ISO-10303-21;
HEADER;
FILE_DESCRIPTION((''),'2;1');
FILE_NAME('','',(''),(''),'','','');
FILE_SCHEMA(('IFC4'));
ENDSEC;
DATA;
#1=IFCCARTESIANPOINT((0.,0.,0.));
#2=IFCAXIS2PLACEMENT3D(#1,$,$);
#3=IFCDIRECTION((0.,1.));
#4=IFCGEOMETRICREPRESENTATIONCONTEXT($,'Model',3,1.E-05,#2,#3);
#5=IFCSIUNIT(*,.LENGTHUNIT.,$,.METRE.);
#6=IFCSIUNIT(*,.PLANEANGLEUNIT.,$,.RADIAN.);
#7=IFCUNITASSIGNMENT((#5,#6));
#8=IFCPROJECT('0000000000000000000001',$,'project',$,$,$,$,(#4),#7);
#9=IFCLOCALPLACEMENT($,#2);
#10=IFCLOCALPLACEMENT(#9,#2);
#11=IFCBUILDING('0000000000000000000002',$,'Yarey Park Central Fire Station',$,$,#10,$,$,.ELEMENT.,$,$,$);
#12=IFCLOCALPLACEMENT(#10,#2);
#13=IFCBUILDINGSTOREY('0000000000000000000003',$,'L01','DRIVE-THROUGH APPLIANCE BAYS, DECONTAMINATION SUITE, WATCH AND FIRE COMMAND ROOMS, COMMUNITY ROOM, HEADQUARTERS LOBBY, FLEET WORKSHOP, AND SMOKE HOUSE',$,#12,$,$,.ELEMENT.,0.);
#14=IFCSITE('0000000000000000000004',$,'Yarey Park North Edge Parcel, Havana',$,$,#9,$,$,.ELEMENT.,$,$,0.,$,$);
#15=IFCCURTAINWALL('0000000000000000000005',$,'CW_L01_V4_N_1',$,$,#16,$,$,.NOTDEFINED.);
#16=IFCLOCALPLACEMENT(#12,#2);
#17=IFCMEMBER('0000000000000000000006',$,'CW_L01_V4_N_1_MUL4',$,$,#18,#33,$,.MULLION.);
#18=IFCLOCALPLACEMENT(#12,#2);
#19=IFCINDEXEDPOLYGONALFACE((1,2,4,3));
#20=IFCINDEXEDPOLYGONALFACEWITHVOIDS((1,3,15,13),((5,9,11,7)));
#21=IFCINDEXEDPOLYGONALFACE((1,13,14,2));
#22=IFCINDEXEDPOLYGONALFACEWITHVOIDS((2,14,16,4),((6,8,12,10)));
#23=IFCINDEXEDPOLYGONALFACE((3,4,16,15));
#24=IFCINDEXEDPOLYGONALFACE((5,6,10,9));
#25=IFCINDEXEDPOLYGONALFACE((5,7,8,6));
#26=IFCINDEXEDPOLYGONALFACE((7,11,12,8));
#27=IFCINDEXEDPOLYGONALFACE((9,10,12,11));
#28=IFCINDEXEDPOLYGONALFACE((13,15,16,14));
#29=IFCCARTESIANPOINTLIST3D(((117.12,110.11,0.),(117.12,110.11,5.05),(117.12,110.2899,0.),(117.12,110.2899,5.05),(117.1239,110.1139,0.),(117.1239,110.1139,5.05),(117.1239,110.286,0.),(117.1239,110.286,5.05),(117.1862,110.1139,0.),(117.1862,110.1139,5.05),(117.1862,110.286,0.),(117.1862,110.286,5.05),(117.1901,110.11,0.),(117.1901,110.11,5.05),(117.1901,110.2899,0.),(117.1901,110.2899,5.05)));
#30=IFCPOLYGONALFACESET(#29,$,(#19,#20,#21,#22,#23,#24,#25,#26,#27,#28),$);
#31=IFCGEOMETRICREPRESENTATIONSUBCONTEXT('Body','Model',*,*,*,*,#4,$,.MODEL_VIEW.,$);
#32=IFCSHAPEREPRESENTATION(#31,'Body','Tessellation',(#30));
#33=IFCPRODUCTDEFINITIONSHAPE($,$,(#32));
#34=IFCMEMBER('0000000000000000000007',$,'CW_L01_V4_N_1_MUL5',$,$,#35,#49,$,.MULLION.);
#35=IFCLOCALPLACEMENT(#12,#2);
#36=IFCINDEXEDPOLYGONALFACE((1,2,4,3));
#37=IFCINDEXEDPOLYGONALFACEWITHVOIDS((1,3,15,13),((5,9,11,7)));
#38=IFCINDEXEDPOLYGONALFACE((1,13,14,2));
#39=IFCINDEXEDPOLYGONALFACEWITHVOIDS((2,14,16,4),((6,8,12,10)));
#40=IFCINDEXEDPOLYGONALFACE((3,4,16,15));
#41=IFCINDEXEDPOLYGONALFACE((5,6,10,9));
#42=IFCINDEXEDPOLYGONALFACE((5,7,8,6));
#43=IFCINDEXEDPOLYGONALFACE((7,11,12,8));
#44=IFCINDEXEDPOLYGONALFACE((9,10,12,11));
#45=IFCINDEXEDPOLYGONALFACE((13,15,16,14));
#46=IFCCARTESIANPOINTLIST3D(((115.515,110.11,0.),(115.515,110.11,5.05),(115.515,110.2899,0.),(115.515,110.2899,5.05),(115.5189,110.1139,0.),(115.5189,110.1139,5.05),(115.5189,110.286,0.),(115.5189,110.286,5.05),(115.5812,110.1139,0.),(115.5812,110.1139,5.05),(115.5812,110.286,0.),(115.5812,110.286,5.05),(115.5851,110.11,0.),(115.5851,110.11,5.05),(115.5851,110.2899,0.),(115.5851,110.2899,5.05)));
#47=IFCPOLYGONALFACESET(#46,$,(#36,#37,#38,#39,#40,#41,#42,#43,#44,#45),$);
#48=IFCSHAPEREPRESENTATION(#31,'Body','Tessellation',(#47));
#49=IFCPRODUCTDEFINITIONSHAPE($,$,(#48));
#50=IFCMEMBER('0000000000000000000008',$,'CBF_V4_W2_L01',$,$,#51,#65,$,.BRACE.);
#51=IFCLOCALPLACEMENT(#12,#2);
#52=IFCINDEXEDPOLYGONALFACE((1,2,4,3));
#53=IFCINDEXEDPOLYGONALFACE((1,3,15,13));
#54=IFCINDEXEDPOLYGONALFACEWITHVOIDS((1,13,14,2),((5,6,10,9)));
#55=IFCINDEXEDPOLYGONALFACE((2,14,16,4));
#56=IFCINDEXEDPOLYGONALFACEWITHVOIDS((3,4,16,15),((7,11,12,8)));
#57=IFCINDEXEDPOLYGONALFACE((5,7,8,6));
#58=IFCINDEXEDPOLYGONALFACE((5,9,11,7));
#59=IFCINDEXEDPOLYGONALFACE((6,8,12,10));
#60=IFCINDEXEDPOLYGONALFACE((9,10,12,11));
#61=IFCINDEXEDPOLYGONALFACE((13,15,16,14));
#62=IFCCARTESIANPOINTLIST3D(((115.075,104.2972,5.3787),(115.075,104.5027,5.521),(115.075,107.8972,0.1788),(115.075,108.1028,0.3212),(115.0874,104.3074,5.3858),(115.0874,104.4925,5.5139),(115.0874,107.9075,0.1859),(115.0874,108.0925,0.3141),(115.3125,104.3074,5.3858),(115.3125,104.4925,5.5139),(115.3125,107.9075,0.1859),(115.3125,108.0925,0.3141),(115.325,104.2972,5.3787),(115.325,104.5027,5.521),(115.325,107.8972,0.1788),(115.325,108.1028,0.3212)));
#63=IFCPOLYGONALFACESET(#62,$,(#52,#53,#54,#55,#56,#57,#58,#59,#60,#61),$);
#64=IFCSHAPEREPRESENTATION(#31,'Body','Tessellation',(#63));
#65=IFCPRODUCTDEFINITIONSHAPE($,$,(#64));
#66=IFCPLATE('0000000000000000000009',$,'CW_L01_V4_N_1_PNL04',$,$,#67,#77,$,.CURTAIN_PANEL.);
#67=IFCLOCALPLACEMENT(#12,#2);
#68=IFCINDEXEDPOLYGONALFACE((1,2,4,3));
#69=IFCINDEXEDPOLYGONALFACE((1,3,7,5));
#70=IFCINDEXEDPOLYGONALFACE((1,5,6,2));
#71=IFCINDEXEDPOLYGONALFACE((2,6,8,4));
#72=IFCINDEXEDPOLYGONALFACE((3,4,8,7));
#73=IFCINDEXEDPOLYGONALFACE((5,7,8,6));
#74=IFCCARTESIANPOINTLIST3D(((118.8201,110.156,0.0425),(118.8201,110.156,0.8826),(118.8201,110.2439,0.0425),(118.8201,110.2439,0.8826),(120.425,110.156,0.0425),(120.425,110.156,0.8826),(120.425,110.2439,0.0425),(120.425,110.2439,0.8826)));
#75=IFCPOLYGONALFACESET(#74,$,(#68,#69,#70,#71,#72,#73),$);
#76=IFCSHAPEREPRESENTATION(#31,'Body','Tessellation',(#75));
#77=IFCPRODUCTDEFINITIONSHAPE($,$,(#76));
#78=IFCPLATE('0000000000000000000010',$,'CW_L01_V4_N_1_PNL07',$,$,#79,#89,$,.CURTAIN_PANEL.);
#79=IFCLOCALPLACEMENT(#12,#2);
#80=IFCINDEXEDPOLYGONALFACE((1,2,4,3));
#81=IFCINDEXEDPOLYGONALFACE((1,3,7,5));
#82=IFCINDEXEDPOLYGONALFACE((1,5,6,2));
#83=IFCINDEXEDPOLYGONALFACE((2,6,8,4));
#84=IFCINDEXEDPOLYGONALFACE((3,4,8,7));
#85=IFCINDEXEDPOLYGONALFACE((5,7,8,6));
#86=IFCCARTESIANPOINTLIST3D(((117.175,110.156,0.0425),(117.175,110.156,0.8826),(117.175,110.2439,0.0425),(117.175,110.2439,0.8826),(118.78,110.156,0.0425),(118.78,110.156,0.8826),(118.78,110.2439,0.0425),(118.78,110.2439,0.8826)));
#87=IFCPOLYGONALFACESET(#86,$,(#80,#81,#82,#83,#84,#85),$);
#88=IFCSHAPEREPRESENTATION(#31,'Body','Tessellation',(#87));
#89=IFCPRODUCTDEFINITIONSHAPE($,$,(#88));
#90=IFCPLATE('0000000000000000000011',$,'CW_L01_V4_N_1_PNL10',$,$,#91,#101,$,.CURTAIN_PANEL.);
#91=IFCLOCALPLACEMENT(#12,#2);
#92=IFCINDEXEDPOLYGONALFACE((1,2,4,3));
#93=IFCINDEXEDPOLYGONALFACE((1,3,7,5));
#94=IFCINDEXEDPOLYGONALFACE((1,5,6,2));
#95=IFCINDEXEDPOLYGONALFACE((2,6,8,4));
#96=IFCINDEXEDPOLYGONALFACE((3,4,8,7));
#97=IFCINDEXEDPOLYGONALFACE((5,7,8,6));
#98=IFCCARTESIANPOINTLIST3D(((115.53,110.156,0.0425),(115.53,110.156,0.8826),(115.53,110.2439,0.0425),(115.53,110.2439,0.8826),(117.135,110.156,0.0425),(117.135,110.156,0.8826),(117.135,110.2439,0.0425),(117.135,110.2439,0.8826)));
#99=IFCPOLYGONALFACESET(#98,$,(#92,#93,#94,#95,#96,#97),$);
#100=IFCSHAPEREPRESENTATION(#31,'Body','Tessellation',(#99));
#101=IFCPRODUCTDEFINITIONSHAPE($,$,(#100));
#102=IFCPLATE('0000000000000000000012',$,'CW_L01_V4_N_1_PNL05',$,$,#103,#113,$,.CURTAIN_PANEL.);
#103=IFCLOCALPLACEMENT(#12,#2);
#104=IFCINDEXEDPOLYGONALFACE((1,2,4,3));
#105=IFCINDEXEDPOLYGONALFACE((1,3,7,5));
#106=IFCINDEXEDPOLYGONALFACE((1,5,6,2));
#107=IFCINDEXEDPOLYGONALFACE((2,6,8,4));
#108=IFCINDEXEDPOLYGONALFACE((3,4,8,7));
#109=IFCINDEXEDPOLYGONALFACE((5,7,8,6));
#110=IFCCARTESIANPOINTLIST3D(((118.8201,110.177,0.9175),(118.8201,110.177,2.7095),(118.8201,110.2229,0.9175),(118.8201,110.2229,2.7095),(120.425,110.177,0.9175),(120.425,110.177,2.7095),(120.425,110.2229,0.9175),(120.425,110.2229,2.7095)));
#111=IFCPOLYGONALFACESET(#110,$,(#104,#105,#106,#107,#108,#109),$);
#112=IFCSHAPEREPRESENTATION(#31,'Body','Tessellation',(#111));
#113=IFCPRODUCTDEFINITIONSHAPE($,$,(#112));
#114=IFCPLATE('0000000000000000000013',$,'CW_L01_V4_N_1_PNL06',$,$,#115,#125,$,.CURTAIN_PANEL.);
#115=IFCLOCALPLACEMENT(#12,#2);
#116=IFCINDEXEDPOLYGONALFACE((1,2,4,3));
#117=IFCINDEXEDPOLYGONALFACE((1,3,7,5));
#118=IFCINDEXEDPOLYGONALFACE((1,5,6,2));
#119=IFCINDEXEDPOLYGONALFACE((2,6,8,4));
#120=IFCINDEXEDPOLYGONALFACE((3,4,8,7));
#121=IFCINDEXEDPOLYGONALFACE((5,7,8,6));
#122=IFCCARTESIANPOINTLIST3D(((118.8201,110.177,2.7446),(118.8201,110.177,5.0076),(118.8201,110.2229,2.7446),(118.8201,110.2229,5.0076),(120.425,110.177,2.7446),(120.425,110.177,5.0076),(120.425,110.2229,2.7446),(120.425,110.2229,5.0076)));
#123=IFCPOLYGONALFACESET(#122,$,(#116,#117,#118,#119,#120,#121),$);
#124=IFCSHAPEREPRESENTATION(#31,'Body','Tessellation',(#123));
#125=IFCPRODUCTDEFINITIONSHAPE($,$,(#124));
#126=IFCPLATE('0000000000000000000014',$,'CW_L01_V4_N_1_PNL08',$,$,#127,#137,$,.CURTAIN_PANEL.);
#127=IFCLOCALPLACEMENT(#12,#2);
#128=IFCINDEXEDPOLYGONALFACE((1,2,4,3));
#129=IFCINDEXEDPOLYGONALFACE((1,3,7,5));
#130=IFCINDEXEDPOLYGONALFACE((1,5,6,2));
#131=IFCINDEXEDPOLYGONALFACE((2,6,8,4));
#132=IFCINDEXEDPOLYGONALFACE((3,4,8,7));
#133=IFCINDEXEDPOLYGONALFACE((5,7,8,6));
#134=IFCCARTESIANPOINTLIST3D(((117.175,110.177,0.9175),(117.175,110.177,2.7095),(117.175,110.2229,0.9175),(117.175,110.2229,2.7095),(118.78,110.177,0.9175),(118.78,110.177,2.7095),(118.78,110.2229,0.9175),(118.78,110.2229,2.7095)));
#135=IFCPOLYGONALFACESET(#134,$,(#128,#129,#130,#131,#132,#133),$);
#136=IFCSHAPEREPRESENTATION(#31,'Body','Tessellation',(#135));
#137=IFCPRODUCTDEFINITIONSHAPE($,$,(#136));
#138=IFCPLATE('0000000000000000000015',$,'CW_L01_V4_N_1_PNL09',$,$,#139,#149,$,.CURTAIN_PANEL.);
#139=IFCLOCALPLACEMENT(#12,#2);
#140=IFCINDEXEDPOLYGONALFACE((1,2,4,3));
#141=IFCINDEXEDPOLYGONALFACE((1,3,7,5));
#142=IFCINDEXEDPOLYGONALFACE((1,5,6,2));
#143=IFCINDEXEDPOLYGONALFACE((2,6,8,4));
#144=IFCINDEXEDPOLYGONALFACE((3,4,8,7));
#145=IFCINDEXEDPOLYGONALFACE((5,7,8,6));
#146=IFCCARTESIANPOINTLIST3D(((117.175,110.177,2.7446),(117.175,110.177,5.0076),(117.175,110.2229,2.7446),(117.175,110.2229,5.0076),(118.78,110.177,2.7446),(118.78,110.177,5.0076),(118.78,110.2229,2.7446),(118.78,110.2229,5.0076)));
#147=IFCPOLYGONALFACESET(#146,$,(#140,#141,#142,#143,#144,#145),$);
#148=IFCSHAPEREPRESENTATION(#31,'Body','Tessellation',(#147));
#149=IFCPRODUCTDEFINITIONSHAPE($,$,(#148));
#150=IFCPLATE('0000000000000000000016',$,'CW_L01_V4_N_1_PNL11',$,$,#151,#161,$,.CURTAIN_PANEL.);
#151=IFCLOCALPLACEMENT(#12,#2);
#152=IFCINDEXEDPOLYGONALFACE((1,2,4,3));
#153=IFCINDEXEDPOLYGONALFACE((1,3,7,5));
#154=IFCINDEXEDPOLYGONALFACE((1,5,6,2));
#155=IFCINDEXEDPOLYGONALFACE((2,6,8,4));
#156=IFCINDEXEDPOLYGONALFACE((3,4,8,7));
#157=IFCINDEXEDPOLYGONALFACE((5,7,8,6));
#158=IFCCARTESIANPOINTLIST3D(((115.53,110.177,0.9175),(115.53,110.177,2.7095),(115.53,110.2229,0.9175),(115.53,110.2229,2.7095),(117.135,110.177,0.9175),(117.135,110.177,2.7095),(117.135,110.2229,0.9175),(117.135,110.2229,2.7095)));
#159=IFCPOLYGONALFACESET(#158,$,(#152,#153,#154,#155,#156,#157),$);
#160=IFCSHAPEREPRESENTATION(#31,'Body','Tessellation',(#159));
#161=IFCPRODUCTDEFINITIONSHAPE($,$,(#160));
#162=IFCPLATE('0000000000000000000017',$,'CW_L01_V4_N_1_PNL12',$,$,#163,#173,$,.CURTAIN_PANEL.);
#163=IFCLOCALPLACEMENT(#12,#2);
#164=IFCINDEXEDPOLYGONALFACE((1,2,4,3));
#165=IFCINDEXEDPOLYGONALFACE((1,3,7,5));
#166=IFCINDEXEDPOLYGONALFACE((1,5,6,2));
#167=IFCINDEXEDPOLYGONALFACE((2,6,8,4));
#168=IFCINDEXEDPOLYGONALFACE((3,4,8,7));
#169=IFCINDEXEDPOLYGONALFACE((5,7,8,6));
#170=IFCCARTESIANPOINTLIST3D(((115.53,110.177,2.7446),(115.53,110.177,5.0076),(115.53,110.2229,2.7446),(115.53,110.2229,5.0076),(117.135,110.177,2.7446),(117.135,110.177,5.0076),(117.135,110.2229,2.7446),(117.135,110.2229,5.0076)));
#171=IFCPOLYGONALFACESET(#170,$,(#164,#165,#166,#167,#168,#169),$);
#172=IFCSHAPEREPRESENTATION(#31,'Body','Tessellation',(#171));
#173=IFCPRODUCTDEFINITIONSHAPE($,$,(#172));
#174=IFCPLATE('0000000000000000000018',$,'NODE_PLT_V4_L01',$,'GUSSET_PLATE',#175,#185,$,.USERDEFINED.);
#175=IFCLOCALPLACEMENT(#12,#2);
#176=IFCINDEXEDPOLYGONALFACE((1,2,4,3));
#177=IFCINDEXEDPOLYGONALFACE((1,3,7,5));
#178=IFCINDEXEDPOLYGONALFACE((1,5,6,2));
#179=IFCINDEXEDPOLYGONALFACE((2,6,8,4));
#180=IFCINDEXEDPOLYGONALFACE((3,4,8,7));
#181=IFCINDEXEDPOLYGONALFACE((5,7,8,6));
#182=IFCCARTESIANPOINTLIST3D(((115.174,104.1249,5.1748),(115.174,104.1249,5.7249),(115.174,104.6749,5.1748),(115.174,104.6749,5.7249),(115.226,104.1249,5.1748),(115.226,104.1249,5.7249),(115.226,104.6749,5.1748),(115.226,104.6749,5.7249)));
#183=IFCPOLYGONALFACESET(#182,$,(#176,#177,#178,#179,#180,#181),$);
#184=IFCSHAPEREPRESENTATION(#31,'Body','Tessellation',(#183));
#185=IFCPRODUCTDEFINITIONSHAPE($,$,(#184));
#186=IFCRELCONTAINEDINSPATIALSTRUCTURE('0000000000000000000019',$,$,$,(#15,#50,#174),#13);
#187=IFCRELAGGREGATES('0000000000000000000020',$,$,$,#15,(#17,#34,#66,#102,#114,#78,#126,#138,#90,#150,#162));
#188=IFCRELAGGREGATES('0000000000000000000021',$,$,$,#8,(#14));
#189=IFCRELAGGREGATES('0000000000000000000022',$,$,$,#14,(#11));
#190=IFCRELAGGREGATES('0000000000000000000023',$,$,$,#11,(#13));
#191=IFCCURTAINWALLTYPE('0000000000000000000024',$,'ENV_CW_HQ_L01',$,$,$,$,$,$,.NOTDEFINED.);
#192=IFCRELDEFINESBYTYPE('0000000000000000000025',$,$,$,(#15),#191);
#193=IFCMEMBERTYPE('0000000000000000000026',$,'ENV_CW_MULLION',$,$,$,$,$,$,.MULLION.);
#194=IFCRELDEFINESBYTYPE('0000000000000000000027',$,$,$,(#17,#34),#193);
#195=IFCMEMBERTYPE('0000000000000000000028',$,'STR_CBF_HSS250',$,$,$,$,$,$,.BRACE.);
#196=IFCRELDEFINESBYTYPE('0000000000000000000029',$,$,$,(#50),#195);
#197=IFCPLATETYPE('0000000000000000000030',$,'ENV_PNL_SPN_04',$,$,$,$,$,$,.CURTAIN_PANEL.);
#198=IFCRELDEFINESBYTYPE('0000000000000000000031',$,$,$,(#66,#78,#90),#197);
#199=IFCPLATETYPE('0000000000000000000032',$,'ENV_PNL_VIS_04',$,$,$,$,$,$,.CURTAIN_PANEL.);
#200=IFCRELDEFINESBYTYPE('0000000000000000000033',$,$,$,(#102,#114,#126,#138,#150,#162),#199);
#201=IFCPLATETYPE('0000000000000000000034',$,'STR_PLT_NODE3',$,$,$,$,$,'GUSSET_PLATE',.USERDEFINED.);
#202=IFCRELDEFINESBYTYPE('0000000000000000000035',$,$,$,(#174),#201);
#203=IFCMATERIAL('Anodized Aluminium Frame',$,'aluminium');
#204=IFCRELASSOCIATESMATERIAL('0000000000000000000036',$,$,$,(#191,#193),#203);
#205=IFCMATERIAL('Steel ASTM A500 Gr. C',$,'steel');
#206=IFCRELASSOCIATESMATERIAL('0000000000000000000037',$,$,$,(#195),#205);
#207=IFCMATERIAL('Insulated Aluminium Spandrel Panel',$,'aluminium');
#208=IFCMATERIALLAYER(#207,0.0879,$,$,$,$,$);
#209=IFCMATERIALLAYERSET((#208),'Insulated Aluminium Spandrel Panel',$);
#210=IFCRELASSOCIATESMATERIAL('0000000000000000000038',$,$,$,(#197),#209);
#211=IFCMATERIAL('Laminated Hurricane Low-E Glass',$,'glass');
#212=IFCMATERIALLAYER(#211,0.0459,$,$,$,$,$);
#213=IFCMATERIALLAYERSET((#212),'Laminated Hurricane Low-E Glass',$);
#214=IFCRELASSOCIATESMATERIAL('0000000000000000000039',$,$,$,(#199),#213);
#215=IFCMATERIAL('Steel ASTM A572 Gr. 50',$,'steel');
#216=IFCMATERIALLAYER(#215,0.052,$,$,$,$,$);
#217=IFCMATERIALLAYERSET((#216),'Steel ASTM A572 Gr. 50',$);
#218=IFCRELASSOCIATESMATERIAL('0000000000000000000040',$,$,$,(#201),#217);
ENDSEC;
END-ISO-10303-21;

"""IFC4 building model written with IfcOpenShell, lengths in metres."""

from ifc_helpers import new_model, si_unit, direction, frame, origin, origin_2d, place, context, subcontext, project, spatial, rectangle, hollow_rectangle, extrude, material, layer, layer_set, material_profile, profile_set, type_object, element, aggregate, save


model = new_model("IFC4")

# Units and contexts
model_context = context("Model", 3, precision=1e-05, world=origin(), true_north=direction((0.0, 1.0)))
body_context = subcontext(model_context, "Body", "Model", "MODEL_VIEW")
ifc_project = project(units=[si_unit("LENGTHUNIT", "METRE"), si_unit("PLANEANGLEUNIT", "RADIAN")], contexts=[model_context])

# Site, building, storey
site_placement = place(None, origin())
site = spatial("IfcSite", under=ifc_project, at=site_placement, Name="Yarey Park North Edge Parcel, Havana", CompositionType="ELEMENT", RefElevation=0.0)
building_placement = place(site_placement, origin())
building = spatial("IfcBuilding", under=site, at=building_placement, Name="Yarey Park Central Fire Station", CompositionType="ELEMENT")
storey_placement = place(building_placement, origin())
storey = spatial("IfcBuildingStorey", under=building, at=storey_placement, Name="L01", Description="DRIVE-THROUGH APPLIANCE BAYS, DECONTAMINATION SUITE, WATCH AND FIRE COMMAND ROOMS, COMMUNITY ROOM, HEADQUARTERS LOBBY, FLEET WORKSHOP, AND SMOKE HOUSE", CompositionType="ELEMENT", Elevation=0.0)

# Curtain wall, members
ifc_material_1 = material(Name="Anodized Aluminium Frame", Category="aluminium")
curtain_wall_type = type_object("IfcCurtainWallType", Name="ENV_CW_HQ_L01", PredefinedType="NOTDEFINED", material=ifc_material_1)
curtain_wall_placement = place(storey_placement, origin())
curtain_wall = element("IfcCurtainWall", 1, at=curtain_wall_placement, inside=storey, type_object=curtain_wall_type, Name="CW_L01_V4_N_1", PredefinedType="NOTDEFINED")
ifc_material_profile_1 = material_profile(ifc_material_1, hollow_rectangle(XDim=0.0701, YDim=0.1799, WallThickness=0.0039, at=origin_2d()), Name="ALU 180x70x4")
ifc_profile_set_1 = profile_set([ifc_material_profile_1], Name="Anodized Aluminium Frame")
member_type_1 = type_object("IfcMemberType", Name="ENV_CW_MULLION", PredefinedType="MULLION", material=ifc_profile_set_1)
member_1_placement = place(storey_placement, frame((117.155, 110.2, 0.0), z_axis=(0.0, 0.0, 1.0), x_axis=(1.0, 0.0, 0.0)))
member_1 = element("IfcMember", 2, at=member_1_placement, type_object=member_type_1, Name="CW_L01_V4_N_1_MUL4", PredefinedType="MULLION", context=body_context, shape_type="SweptSolid", body=[
    extrude(hollow_rectangle(XDim=0.0701, YDim=0.1799, WallThickness=0.0039, at=origin_2d()), origin(), (0.0, 0.0, 1.0), 5.05),
])
member_2_placement = place(storey_placement, frame((115.55, 110.2, 0.0), z_axis=(0.0, 0.0, 1.0), x_axis=(1.0, 0.0, 0.0)))
member_2 = element("IfcMember", 3, at=member_2_placement, type_object=member_type_1, Name="CW_L01_V4_N_1_MUL5", PredefinedType="MULLION", context=body_context, shape_type="SweptSolid", body=[
    extrude(hollow_rectangle(XDim=0.0701, YDim=0.1799, WallThickness=0.0039, at=origin_2d()), origin(), (0.0, 0.0, 1.0), 5.05),
])

# Member
ifc_material_2 = material(Name="Steel ASTM A500 Gr. C", Category="steel")
ifc_material_profile_2 = material_profile(ifc_material_2, hollow_rectangle(XDim=0.25, YDim=0.25, WallThickness=0.0125, at=origin_2d()), Name="HSS 250x250x12.5")
ifc_profile_set_2 = profile_set([ifc_material_profile_2], Name="Steel ASTM A500 Gr. C")
member_type_2 = type_object("IfcMemberType", Name="STR_CBF_HSS250", PredefinedType="BRACE", material=ifc_profile_set_2)
member_3_placement = place(storey_placement, frame((115.2, 108.0, 0.25), z_axis=(0.0, -0.569224, 0.822182), x_axis=(1.0, 0.0, 0.0)))
element("IfcMember", 4, at=member_3_placement, inside=storey, type_object=member_type_2, Name="CBF_V4_W2_L01", PredefinedType="BRACE", context=body_context, shape_type="SweptSolid", body=[
    extrude(hollow_rectangle(XDim=0.25, YDim=0.25, WallThickness=0.0125, at=origin_2d()), origin(), (0.0, 0.0, 1.0), 6.3245),
])

# Plates
ifc_material_3 = material(Name="Insulated Aluminium Spandrel Panel", Category="aluminium")
ifc_layer_1 = layer(ifc_material_3, 0.0879)
ifc_layer_set_1 = layer_set([ifc_layer_1], Name="Insulated Aluminium Spandrel Panel")
plate_type_1 = type_object("IfcPlateType", Name="ENV_PNL_SPN_04", PredefinedType="CURTAIN_PANEL", material=ifc_layer_set_1)
plate_1_placement = place(storey_placement, frame((119.6226, 110.2, 0.0425), z_axis=(0.0, 0.0, 1.0), x_axis=(-1.0, 0.0, 0.0)))
plate_1 = element("IfcPlate", 5, at=plate_1_placement, type_object=plate_type_1, Name="CW_L01_V4_N_1_PNL04", PredefinedType="CURTAIN_PANEL", context=body_context, shape_type="SweptSolid", body=[
    extrude(rectangle(XDim=1.605, YDim=0.0879, at=origin_2d()), origin(), (0.0, 0.0, 1.0), 0.8401),
])
plate_2_placement = place(storey_placement, frame((117.9775, 110.2, 0.0425), z_axis=(0.0, 0.0, 1.0), x_axis=(-1.0, 0.0, 0.0)))
plate_2 = element("IfcPlate", 6, at=plate_2_placement, type_object=plate_type_1, Name="CW_L01_V4_N_1_PNL07", PredefinedType="CURTAIN_PANEL", context=body_context, shape_type="SweptSolid", body=[
    extrude(rectangle(XDim=1.605, YDim=0.0879, at=origin_2d()), origin(), (0.0, 0.0, 1.0), 0.8401),
])
plate_3_placement = place(storey_placement, frame((116.3325, 110.2, 0.0425), z_axis=(0.0, 0.0, 1.0), x_axis=(-1.0, 0.0, 0.0)))
plate_3 = element("IfcPlate", 7, at=plate_3_placement, type_object=plate_type_1, Name="CW_L01_V4_N_1_PNL10", PredefinedType="CURTAIN_PANEL", context=body_context, shape_type="SweptSolid", body=[
    extrude(rectangle(XDim=1.605, YDim=0.0879, at=origin_2d()), origin(), (0.0, 0.0, 1.0), 0.8401),
])
ifc_material_4 = material(Name="Laminated Hurricane Low-E Glass", Category="glass")
ifc_layer_2 = layer(ifc_material_4, 0.0459)
ifc_layer_set_2 = layer_set([ifc_layer_2], Name="Laminated Hurricane Low-E Glass")
plate_type_2 = type_object("IfcPlateType", Name="ENV_PNL_VIS_04", PredefinedType="CURTAIN_PANEL", material=ifc_layer_set_2)
plate_4_placement = place(storey_placement, frame((119.6226, 110.2, 0.9175), z_axis=(0.0, 0.0, 1.0), x_axis=(-1.0, 0.0, 0.0)))
plate_4 = element("IfcPlate", 8, at=plate_4_placement, type_object=plate_type_2, Name="CW_L01_V4_N_1_PNL05", PredefinedType="CURTAIN_PANEL", context=body_context, shape_type="SweptSolid", body=[
    extrude(rectangle(XDim=1.605, YDim=0.0459, at=origin_2d()), origin(), (0.0, 0.0, 1.0), 1.792),
])
plate_5_placement = place(storey_placement, frame((119.6226, 110.2, 2.7446), z_axis=(0.0, 0.0, 1.0), x_axis=(-1.0, 0.0, 0.0)))
plate_5 = element("IfcPlate", 9, at=plate_5_placement, type_object=plate_type_2, Name="CW_L01_V4_N_1_PNL06", PredefinedType="CURTAIN_PANEL", context=body_context, shape_type="SweptSolid", body=[
    extrude(rectangle(XDim=1.605, YDim=0.0459, at=origin_2d()), origin(), (0.0, 0.0, 1.0), 2.2629),
])
plate_6_placement = place(storey_placement, frame((117.9775, 110.2, 0.9175), z_axis=(0.0, 0.0, 1.0), x_axis=(-1.0, 0.0, 0.0)))
plate_6 = element("IfcPlate", 10, at=plate_6_placement, type_object=plate_type_2, Name="CW_L01_V4_N_1_PNL08", PredefinedType="CURTAIN_PANEL", context=body_context, shape_type="SweptSolid", body=[
    extrude(rectangle(XDim=1.605, YDim=0.0459, at=origin_2d()), origin(), (0.0, 0.0, 1.0), 1.792),
])
plate_7_placement = place(storey_placement, frame((117.9775, 110.2, 2.7446), z_axis=(0.0, 0.0, 1.0), x_axis=(-1.0, 0.0, 0.0)))
plate_7 = element("IfcPlate", 11, at=plate_7_placement, type_object=plate_type_2, Name="CW_L01_V4_N_1_PNL09", PredefinedType="CURTAIN_PANEL", context=body_context, shape_type="SweptSolid", body=[
    extrude(rectangle(XDim=1.605, YDim=0.0459, at=origin_2d()), origin(), (0.0, 0.0, 1.0), 2.2629),
])
plate_8_placement = place(storey_placement, frame((116.3325, 110.2, 0.9175), z_axis=(0.0, 0.0, 1.0), x_axis=(-1.0, 0.0, 0.0)))
plate_8 = element("IfcPlate", 12, at=plate_8_placement, type_object=plate_type_2, Name="CW_L01_V4_N_1_PNL11", PredefinedType="CURTAIN_PANEL", context=body_context, shape_type="SweptSolid", body=[
    extrude(rectangle(XDim=1.605, YDim=0.0459, at=origin_2d()), origin(), (0.0, 0.0, 1.0), 1.792),
])
plate_9_placement = place(storey_placement, frame((116.3325, 110.2, 2.7446), z_axis=(0.0, 0.0, 1.0), x_axis=(-1.0, 0.0, 0.0)))
plate_9 = element("IfcPlate", 13, at=plate_9_placement, type_object=plate_type_2, Name="CW_L01_V4_N_1_PNL12", PredefinedType="CURTAIN_PANEL", context=body_context, shape_type="SweptSolid", body=[
    extrude(rectangle(XDim=1.605, YDim=0.0459, at=origin_2d()), origin(), (0.0, 0.0, 1.0), 2.2629),
])
aggregate(curtain_wall, [member_1, member_2, plate_1, plate_4, plate_5, plate_2, plate_6, plate_7, plate_3, plate_8, plate_9])
ifc_material_5 = material(Name="Steel ASTM A572 Gr. 50", Category="steel")
ifc_layer_3 = layer(ifc_material_5, 0.052)
ifc_layer_set_3 = layer_set([ifc_layer_3], Name="Steel ASTM A572 Gr. 50")
plate_type_3 = type_object("IfcPlateType", Name="STR_PLT_NODE3", ElementType="GUSSET_PLATE", PredefinedType="USERDEFINED", material=ifc_layer_set_3)
plate_10_placement = place(storey_placement, frame((115.2, 104.3999, 5.1748), z_axis=(0.0, 0.0, 1.0), x_axis=(1.0, 0.0, 0.0)))
element("IfcPlate", 14, at=plate_10_placement, inside=storey, type_object=plate_type_3, Name="NODE_PLT_V4_L01", ObjectType="GUSSET_PLATE", PredefinedType="USERDEFINED", context=body_context, shape_type="SweptSolid", body=[
    extrude(rectangle(XDim=0.052, YDim=0.55, at=origin_2d()), origin(), (0.0, 0.0, 1.0), 0.55),
])

save(model, "model.ifc")
